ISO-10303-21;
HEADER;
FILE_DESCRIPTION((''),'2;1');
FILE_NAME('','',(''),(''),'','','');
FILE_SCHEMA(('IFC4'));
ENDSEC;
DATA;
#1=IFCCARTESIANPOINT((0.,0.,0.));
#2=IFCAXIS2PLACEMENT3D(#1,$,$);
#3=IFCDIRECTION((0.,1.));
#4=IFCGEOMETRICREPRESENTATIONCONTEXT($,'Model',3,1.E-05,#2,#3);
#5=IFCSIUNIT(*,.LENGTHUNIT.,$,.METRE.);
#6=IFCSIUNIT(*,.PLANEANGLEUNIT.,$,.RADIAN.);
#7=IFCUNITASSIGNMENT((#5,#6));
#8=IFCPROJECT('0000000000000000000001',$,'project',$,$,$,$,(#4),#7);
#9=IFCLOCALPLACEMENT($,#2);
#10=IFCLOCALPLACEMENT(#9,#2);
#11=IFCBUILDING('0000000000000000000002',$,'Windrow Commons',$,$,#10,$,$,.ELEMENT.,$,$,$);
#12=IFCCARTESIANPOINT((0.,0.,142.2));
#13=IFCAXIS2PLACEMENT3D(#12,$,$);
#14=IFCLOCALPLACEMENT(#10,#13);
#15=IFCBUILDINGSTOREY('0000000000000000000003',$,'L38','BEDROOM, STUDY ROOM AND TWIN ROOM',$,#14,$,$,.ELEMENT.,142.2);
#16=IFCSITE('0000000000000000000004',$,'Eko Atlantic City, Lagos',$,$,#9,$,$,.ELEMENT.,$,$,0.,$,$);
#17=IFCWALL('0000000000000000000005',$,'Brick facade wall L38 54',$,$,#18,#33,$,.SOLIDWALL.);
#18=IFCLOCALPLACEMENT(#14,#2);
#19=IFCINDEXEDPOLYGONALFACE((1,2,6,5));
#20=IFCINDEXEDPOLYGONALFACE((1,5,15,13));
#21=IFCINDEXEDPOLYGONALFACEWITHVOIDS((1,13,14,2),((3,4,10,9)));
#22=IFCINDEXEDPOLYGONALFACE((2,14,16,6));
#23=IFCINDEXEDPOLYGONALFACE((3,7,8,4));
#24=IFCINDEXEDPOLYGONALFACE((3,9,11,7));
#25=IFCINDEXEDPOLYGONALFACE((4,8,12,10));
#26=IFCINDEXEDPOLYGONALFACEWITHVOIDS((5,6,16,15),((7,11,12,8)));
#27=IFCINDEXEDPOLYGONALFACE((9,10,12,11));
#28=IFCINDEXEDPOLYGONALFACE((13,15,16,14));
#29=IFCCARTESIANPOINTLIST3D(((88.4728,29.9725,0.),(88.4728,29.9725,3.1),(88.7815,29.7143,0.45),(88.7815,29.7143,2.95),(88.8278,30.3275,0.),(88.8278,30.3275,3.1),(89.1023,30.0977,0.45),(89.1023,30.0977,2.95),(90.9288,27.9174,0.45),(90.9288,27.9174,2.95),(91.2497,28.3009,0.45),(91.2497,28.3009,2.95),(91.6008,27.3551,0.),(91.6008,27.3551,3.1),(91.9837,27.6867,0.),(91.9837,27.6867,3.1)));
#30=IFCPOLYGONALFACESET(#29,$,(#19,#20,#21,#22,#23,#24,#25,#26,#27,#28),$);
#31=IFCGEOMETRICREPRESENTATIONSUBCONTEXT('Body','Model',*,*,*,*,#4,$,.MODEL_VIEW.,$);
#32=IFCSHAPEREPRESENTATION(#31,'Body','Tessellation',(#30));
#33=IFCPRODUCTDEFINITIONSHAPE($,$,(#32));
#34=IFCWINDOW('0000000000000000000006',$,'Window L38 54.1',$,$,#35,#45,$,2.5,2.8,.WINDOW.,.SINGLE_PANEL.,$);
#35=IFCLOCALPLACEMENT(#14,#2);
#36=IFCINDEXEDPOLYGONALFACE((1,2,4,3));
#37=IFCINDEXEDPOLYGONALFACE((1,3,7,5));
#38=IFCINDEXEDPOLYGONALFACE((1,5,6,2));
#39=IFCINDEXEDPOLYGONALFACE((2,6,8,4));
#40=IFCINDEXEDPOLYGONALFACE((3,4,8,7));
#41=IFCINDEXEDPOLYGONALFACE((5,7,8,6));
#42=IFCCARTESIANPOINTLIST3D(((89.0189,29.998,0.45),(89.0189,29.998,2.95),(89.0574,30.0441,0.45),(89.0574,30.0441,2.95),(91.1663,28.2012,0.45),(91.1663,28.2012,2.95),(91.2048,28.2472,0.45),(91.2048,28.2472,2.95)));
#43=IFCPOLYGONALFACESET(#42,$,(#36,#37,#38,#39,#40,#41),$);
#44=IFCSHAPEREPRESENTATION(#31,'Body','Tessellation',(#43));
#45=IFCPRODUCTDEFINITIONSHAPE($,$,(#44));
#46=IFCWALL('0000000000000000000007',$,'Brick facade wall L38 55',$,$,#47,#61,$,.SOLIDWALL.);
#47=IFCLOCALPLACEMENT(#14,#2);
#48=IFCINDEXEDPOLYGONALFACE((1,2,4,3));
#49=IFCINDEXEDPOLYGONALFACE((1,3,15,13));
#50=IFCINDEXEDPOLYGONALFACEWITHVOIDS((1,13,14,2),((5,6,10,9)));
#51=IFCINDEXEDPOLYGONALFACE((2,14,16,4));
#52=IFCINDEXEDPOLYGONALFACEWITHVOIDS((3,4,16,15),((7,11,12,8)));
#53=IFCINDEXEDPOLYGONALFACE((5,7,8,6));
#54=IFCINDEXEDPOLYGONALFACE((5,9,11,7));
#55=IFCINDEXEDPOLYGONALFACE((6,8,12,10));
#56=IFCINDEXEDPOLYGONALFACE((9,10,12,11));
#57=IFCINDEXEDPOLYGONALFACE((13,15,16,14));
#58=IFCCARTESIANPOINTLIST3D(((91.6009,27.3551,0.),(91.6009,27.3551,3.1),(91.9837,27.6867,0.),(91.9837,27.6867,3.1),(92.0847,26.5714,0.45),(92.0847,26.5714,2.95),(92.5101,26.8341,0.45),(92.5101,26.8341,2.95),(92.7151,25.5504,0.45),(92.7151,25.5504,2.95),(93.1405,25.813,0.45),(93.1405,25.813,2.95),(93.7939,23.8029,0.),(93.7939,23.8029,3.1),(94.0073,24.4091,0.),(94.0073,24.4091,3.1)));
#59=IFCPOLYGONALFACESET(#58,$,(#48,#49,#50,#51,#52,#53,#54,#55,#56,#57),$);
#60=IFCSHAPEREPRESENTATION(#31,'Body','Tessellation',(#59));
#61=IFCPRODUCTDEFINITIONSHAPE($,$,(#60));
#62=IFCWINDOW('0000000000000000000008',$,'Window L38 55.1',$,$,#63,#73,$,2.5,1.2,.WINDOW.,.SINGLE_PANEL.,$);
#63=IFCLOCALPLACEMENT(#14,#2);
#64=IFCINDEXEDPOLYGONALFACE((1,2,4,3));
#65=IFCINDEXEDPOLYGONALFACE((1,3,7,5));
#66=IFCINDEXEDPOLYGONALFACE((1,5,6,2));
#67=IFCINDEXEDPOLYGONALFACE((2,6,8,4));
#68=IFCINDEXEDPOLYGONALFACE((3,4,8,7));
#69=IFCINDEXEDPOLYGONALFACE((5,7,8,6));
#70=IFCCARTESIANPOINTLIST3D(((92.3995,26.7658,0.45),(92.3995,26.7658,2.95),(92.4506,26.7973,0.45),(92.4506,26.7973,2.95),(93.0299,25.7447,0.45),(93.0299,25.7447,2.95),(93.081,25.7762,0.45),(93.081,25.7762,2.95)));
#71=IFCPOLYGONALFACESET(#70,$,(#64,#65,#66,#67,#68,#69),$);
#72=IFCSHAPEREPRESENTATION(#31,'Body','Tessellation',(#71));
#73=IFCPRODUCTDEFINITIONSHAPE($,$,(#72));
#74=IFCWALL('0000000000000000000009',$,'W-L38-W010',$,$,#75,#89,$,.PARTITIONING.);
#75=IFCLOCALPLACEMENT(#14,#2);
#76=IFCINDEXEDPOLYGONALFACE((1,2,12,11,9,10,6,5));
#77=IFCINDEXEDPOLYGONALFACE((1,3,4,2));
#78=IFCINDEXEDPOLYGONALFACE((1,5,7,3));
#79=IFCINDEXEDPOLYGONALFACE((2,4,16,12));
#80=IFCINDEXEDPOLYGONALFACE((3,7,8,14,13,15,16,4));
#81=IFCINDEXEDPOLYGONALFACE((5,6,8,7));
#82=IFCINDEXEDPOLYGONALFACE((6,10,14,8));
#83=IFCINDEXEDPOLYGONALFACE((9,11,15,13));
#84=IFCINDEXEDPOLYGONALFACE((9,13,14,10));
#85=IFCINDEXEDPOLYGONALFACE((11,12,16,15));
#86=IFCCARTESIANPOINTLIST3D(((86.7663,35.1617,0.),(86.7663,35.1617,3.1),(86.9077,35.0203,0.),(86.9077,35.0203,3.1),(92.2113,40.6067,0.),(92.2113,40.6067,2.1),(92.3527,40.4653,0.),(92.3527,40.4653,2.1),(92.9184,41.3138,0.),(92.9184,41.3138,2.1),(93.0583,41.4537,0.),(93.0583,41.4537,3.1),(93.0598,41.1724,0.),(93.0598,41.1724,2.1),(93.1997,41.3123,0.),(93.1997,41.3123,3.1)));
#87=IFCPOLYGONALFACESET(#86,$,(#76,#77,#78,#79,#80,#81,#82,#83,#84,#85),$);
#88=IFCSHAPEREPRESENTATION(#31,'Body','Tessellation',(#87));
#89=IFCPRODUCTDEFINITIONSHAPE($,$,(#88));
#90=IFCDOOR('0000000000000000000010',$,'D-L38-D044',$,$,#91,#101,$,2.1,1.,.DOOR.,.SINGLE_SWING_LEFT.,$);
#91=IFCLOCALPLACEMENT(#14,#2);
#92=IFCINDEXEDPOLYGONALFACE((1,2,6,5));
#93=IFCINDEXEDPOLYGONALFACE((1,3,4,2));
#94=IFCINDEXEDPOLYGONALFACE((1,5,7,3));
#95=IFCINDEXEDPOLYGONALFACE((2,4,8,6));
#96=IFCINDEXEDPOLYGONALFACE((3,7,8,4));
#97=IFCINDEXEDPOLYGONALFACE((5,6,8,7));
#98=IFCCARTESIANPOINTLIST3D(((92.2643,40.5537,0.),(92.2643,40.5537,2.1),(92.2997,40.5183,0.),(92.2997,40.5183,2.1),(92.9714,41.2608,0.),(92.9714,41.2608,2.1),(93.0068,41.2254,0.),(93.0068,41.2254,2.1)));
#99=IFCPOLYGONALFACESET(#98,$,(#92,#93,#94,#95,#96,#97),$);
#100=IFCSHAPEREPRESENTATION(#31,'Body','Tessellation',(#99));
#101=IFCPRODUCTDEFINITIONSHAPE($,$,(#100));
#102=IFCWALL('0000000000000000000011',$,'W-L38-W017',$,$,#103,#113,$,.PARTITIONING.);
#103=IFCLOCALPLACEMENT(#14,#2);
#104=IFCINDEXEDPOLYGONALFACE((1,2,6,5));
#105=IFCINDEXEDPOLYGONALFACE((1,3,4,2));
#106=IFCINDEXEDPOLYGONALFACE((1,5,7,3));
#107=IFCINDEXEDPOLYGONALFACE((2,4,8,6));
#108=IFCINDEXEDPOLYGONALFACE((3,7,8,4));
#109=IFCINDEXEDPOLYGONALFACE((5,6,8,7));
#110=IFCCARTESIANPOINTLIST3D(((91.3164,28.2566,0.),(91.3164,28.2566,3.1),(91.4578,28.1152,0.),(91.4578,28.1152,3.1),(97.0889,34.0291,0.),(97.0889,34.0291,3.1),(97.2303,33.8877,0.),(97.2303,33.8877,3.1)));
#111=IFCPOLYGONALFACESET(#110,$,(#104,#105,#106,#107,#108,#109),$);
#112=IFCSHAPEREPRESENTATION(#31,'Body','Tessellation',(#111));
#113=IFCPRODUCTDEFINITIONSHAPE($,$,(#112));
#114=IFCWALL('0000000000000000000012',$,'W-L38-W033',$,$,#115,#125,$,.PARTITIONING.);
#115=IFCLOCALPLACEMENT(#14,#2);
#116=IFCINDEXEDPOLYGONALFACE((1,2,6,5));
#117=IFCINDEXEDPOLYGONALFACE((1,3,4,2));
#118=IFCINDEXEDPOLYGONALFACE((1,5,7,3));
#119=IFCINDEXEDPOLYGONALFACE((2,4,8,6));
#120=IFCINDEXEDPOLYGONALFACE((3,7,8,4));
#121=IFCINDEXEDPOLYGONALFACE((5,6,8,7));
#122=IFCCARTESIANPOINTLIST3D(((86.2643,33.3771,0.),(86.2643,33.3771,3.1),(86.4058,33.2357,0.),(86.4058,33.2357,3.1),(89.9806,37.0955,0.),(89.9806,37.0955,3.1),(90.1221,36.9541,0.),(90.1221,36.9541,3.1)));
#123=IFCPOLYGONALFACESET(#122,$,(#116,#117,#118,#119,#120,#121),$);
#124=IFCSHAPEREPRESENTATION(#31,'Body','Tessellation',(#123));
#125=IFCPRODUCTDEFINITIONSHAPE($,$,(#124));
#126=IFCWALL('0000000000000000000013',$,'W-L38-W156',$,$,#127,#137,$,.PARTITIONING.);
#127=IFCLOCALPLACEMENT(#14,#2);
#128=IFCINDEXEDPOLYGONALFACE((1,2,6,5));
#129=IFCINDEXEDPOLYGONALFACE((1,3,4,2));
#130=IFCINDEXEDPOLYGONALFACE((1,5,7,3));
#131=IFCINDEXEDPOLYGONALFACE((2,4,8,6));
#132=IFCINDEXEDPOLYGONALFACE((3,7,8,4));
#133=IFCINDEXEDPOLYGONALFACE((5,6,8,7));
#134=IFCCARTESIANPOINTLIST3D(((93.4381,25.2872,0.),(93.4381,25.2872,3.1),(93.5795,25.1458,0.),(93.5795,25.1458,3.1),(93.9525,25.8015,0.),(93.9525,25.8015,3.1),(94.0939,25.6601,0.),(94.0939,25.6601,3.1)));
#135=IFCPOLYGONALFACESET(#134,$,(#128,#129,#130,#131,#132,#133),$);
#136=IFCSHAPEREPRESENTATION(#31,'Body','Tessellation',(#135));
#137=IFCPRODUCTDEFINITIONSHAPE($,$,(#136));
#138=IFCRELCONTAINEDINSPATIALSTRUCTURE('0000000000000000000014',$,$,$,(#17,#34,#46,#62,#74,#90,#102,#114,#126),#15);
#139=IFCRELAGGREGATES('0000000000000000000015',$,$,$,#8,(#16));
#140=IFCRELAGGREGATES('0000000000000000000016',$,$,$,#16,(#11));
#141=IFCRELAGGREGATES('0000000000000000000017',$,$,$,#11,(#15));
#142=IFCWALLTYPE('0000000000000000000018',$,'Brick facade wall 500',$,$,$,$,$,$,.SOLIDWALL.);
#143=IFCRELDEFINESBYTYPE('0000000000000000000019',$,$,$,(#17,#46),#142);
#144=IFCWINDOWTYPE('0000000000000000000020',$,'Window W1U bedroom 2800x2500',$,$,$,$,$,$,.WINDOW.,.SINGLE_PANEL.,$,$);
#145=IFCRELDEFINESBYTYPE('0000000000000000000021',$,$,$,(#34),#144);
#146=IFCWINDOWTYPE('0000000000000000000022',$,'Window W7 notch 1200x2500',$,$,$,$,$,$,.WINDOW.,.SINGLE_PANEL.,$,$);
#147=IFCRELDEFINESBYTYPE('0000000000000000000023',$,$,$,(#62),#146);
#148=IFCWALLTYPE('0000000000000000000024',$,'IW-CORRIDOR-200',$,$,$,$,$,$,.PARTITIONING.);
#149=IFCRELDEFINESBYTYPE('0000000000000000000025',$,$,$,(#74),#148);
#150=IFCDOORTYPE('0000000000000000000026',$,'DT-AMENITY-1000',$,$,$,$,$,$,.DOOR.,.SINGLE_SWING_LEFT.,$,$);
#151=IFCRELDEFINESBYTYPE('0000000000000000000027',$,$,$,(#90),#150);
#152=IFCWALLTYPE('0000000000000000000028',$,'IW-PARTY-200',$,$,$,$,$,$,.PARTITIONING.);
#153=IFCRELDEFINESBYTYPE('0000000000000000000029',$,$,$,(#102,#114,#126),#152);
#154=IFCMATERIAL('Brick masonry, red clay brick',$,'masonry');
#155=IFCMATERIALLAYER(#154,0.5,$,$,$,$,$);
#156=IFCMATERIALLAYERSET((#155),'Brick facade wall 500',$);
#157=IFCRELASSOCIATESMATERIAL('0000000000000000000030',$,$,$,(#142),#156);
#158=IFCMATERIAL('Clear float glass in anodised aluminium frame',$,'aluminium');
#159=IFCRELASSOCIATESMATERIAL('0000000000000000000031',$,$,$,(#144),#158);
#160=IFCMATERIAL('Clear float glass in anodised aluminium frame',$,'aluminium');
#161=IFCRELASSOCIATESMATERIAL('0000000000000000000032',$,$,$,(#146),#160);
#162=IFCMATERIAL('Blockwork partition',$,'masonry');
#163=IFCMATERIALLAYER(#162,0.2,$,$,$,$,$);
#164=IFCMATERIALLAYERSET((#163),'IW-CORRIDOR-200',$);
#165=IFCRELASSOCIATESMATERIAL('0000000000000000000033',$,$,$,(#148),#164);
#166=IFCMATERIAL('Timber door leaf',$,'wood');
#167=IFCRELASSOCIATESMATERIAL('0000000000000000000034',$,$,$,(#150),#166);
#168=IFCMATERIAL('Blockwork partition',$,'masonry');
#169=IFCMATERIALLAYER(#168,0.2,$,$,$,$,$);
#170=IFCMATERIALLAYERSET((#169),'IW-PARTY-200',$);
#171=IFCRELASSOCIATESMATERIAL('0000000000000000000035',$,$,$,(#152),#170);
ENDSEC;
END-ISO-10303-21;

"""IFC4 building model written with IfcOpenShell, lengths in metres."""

from ifc_helpers import new_model, si_unit, direction, frame, frame_2d, origin, place, context, subcontext, project, spatial, polyline, rectangle, outline, extrude, material, layer, layer_set, type_object, element, fill, save


model = new_model("IFC4")

# Units and contexts
model_context = context("Model", 3, precision=1e-05, world=origin(), true_north=direction((0.0, 1.0)))
body_context = subcontext(model_context, "Body", "Model", "MODEL_VIEW")
ifc_project = project(units=[si_unit("LENGTHUNIT", "METRE"), si_unit("PLANEANGLEUNIT", "RADIAN")], contexts=[model_context])

# Site, building, storey
site_placement = place(None, origin())
site = spatial("IfcSite", under=ifc_project, at=site_placement, Name="Eko Atlantic City, Lagos", CompositionType="ELEMENT", RefElevation=0.0)
building_placement = place(site_placement, origin())
building = spatial("IfcBuilding", under=site, at=building_placement, Name="Windrow Commons", CompositionType="ELEMENT")
storey_placement = place(building_placement, frame((0.0, 0.0, 142.2)))
storey = spatial("IfcBuildingStorey", under=building, at=storey_placement, Name="L38", Description="BEDROOM, STUDY ROOM AND TWIN ROOM", CompositionType="ELEMENT", Elevation=142.2)

# Shared definitions
ifc_material_1 = material(Name="Brick masonry, red clay brick", Category="masonry")
ifc_layer_1 = layer(ifc_material_1, 0.5)
ifc_layer_set_1 = layer_set([ifc_layer_1], Name="Brick facade wall 500")
wall_type_1 = type_object("IfcWallType", Name="Brick facade wall 500", PredefinedType="SOLIDWALL", material=ifc_layer_set_1)
ifc_material_2 = material(Name="Clear float glass in anodised aluminium frame", Category="aluminium")
window_type_1 = type_object("IfcWindowType", Name="Window W1U bedroom 2800x2500", PartitioningType="SINGLE_PANEL", PredefinedType="WINDOW", material=ifc_material_2)
ifc_material_3 = material(Name="Clear float glass in anodised aluminium frame", Category="aluminium")
window_type_2 = type_object("IfcWindowType", Name="Window W7 notch 1200x2500", PartitioningType="SINGLE_PANEL", PredefinedType="WINDOW", material=ifc_material_3)

# Walls, openings, windows
wall_1_placement = place(storey_placement, frame((88.6503, 30.15, 0.0), z_axis=(0.0, 0.0, 1.0), x_axis=(0.766927, -0.641734, 0.0)))
wall_1 = element("IfcWall", 1, at=wall_1_placement, inside=storey, type_object=wall_type_1, Name="Brick facade wall L38 54", PredefinedType="SOLIDWALL", context=body_context, shape_type="SweptSolid", body=[
    extrude(outline(polyline([(-0.0222, -0.25), (4.0564, -0.25), (4.1373, 0.25), (0.0222, 0.25), (-0.0222, -0.25)])), origin(), (0.0, 0.0, 1.0), 3.1),
])
opening_1_placement = place(wall_1_placement, frame((0.3802, 0.0, 0.45)))
opening_1 = element("IfcOpeningElement", 2, at=opening_1_placement, cuts=wall_1, PredefinedType="OPENING", context=body_context, shape_type="SweptSolid", body=[
    extrude(rectangle(XDim=2.8, YDim=2.5, at=frame_2d((1.4, 1.25))), frame((0.0, 0.26, 0.0), z_axis=(0.0, -1.0, 0.0), x_axis=(1.0, 0.0, 0.0)), (0.0, 0.0, 1.0), 0.52),
])
window_1_placement = place(opening_1_placement, origin())
window_1 = element("IfcWindow", 3, at=window_1_placement, inside=storey, type_object=window_type_1, Name="Window L38 54.1", OverallHeight=2.5, OverallWidth=2.8, PartitioningType="SINGLE_PANEL", PredefinedType="WINDOW", context=body_context, shape_type="SweptSolid", body=[
    extrude(rectangle(XDim=2.8, YDim=2.5, at=frame_2d((1.4, 1.25))), frame((0.0, 0.18, 0.0), z_axis=(0.0, -1.0, 0.0), x_axis=(1.0, 0.0, 0.0)), (0.0, 0.0, 1.0), 0.06),
])
fill(opening_1, window_1)
wall_2_placement = place(storey_placement, frame((91.7923, 27.5209, 0.0), z_axis=(0.0, 0.0, 1.0), x_axis=(0.52533, -0.850899, 0.0)))
wall_2 = element("IfcWall", 4, at=wall_2_placement, inside=storey, type_object=wall_type_1, Name="Brick facade wall L38 55", PredefinedType="SOLIDWALL", context=body_context, shape_type="SweptSolid", body=[
    extrude(outline(polyline([(0.0405, -0.25), (4.2152, -0.25), (3.8114, 0.25), (-0.0405, 0.25), (0.0405, -0.25)])), origin(), (0.0, 0.0, 1.0), 3.1),
])
opening_2_placement = place(wall_2_placement, frame((0.9615, 0.0, 0.45)))
opening_2 = element("IfcOpeningElement", 5, at=opening_2_placement, cuts=wall_2, PredefinedType="OPENING", context=body_context, shape_type="SweptSolid", body=[
    extrude(rectangle(XDim=1.2, YDim=2.5, at=frame_2d((0.6, 1.25))), frame((0.0, 0.26, 0.0), z_axis=(0.0, -1.0, 0.0), x_axis=(1.0, 0.0, 0.0)), (0.0, 0.0, 1.0), 0.52),
])
window_2_placement = place(opening_2_placement, origin())
window_2 = element("IfcWindow", 6, at=window_2_placement, inside=storey, type_object=window_type_2, Name="Window L38 55.1", OverallHeight=2.5, OverallWidth=1.2, PartitioningType="SINGLE_PANEL", PredefinedType="WINDOW", context=body_context, shape_type="SweptSolid", body=[
    extrude(rectangle(XDim=1.2, YDim=2.5, at=frame_2d((0.6, 1.25))), frame((0.0, 0.18, 0.0), z_axis=(0.0, -1.0, 0.0), x_axis=(1.0, 0.0, 0.0)), (0.0, 0.0, 1.0), 0.06),
])
fill(opening_2, window_2)

# Wall, opening, door
ifc_material_4 = material(Name="Blockwork partition", Category="masonry")
ifc_layer_2 = layer(ifc_material_4, 0.2)
ifc_layer_set_2 = layer_set([ifc_layer_2], Name="IW-CORRIDOR-200")
wall_type_2 = type_object("IfcWallType", Name="IW-CORRIDOR-200", PredefinedType="PARTITIONING", material=ifc_layer_set_2)
wall_3_placement = place(storey_placement, frame((86.837, 35.091, 0.0), z_axis=(0.0, 0.0, 1.0), x_axis=(0.707107, 0.707107, 0.0)))
wall_3 = element("IfcWall", 7, at=wall_3_placement, inside=storey, type_object=wall_type_2, Name="W-L38-W010", PredefinedType="PARTITIONING", context=body_context, shape_type="SweptSolid", body=[
    extrude(rectangle(XDim=8.8982, YDim=0.2, at=frame_2d((4.4491, 0.0))), origin(), (0.0, 0.0, 1.0), 3.1),
])
opening_3_placement = place(wall_3_placement, frame((7.7004, 0.0, 0.0)))
opening_3 = element("IfcOpeningElement", 8, at=opening_3_placement, cuts=wall_3, PredefinedType="OPENING", context=body_context, shape_type="SweptSolid", body=[
    extrude(rectangle(XDim=1.0, YDim=2.1, at=frame_2d((0.5, 1.05))), frame((0.0, 0.11, 0.0), z_axis=(0.0, -1.0, 0.0), x_axis=(1.0, 0.0, 0.0)), (0.0, 0.0, 1.0), 0.22),
])
ifc_material_5 = material(Name="Timber door leaf", Category="wood")
door_type = type_object("IfcDoorType", Name="DT-AMENITY-1000", OperationType="SINGLE_SWING_LEFT", PredefinedType="DOOR", material=ifc_material_5)
door_placement = place(opening_3_placement, origin())
door = element("IfcDoor", 9, at=door_placement, inside=storey, type_object=door_type, Name="D-L38-D044", OperationType="SINGLE_SWING_LEFT", OverallHeight=2.1, OverallWidth=1.0, PredefinedType="DOOR", context=body_context, shape_type="SweptSolid", body=[
    extrude(rectangle(XDim=1.0, YDim=2.1, at=frame_2d((0.5, 1.05))), frame((0.0, 0.025, 0.0), z_axis=(0.0, -1.0, 0.0), x_axis=(1.0, 0.0, 0.0)), (0.0, 0.0, 1.0), 0.05),
])
fill(opening_3, door)

# Walls
ifc_material_6 = material(Name="Blockwork partition", Category="masonry")
ifc_layer_3 = layer(ifc_material_6, 0.2)
ifc_layer_set_3 = layer_set([ifc_layer_3], Name="IW-PARTY-200")
wall_type_3 = type_object("IfcWallType", Name="IW-PARTY-200", PredefinedType="PARTITIONING", material=ifc_layer_set_3)
wall_4_placement = place(storey_placement, frame((91.3871, 28.1859, 0.0), z_axis=(0.0, 0.0, 1.0), x_axis=(0.707107, 0.707107, 0.0)))
element("IfcWall", 10, at=wall_4_placement, inside=storey, type_object=wall_type_3, Name="W-L38-W017", PredefinedType="PARTITIONING", context=body_context, shape_type="SweptSolid", body=[
    extrude(rectangle(XDim=8.1635, YDim=0.2, at=frame_2d((4.0818, 0.0))), origin(), (0.0, 0.0, 1.0), 3.1),
])
wall_5_placement = place(storey_placement, frame((86.335, 33.3064, 0.0), z_axis=(0.0, 0.0, 1.0), x_axis=(0.706917, 0.707297, 0.0)))
element("IfcWall", 11, at=wall_5_placement, inside=storey, type_object=wall_type_3, Name="W-L38-W033", PredefinedType="PARTITIONING", context=body_context, shape_type="SweptSolid", body=[
    extrude(rectangle(XDim=5.2571, YDim=0.2, at=frame_2d((2.6286, 0.0))), origin(), (0.0, 0.0, 1.0), 3.1),
])
wall_6_placement = place(storey_placement, frame((93.5088, 25.2165, 0.0), z_axis=(0.0, 0.0, 1.0), x_axis=(0.707176, 0.707038, 0.0)))
element("IfcWall", 12, at=wall_6_placement, inside=storey, type_object=wall_type_3, Name="W-L38-W156", PredefinedType="PARTITIONING", context=body_context, shape_type="SweptSolid", body=[
    extrude(rectangle(XDim=0.7274, YDim=0.2, at=frame_2d((0.3637, 0.0))), origin(), (0.0, 0.0, 1.0), 3.1),
])

save(model, "model.ifc")
